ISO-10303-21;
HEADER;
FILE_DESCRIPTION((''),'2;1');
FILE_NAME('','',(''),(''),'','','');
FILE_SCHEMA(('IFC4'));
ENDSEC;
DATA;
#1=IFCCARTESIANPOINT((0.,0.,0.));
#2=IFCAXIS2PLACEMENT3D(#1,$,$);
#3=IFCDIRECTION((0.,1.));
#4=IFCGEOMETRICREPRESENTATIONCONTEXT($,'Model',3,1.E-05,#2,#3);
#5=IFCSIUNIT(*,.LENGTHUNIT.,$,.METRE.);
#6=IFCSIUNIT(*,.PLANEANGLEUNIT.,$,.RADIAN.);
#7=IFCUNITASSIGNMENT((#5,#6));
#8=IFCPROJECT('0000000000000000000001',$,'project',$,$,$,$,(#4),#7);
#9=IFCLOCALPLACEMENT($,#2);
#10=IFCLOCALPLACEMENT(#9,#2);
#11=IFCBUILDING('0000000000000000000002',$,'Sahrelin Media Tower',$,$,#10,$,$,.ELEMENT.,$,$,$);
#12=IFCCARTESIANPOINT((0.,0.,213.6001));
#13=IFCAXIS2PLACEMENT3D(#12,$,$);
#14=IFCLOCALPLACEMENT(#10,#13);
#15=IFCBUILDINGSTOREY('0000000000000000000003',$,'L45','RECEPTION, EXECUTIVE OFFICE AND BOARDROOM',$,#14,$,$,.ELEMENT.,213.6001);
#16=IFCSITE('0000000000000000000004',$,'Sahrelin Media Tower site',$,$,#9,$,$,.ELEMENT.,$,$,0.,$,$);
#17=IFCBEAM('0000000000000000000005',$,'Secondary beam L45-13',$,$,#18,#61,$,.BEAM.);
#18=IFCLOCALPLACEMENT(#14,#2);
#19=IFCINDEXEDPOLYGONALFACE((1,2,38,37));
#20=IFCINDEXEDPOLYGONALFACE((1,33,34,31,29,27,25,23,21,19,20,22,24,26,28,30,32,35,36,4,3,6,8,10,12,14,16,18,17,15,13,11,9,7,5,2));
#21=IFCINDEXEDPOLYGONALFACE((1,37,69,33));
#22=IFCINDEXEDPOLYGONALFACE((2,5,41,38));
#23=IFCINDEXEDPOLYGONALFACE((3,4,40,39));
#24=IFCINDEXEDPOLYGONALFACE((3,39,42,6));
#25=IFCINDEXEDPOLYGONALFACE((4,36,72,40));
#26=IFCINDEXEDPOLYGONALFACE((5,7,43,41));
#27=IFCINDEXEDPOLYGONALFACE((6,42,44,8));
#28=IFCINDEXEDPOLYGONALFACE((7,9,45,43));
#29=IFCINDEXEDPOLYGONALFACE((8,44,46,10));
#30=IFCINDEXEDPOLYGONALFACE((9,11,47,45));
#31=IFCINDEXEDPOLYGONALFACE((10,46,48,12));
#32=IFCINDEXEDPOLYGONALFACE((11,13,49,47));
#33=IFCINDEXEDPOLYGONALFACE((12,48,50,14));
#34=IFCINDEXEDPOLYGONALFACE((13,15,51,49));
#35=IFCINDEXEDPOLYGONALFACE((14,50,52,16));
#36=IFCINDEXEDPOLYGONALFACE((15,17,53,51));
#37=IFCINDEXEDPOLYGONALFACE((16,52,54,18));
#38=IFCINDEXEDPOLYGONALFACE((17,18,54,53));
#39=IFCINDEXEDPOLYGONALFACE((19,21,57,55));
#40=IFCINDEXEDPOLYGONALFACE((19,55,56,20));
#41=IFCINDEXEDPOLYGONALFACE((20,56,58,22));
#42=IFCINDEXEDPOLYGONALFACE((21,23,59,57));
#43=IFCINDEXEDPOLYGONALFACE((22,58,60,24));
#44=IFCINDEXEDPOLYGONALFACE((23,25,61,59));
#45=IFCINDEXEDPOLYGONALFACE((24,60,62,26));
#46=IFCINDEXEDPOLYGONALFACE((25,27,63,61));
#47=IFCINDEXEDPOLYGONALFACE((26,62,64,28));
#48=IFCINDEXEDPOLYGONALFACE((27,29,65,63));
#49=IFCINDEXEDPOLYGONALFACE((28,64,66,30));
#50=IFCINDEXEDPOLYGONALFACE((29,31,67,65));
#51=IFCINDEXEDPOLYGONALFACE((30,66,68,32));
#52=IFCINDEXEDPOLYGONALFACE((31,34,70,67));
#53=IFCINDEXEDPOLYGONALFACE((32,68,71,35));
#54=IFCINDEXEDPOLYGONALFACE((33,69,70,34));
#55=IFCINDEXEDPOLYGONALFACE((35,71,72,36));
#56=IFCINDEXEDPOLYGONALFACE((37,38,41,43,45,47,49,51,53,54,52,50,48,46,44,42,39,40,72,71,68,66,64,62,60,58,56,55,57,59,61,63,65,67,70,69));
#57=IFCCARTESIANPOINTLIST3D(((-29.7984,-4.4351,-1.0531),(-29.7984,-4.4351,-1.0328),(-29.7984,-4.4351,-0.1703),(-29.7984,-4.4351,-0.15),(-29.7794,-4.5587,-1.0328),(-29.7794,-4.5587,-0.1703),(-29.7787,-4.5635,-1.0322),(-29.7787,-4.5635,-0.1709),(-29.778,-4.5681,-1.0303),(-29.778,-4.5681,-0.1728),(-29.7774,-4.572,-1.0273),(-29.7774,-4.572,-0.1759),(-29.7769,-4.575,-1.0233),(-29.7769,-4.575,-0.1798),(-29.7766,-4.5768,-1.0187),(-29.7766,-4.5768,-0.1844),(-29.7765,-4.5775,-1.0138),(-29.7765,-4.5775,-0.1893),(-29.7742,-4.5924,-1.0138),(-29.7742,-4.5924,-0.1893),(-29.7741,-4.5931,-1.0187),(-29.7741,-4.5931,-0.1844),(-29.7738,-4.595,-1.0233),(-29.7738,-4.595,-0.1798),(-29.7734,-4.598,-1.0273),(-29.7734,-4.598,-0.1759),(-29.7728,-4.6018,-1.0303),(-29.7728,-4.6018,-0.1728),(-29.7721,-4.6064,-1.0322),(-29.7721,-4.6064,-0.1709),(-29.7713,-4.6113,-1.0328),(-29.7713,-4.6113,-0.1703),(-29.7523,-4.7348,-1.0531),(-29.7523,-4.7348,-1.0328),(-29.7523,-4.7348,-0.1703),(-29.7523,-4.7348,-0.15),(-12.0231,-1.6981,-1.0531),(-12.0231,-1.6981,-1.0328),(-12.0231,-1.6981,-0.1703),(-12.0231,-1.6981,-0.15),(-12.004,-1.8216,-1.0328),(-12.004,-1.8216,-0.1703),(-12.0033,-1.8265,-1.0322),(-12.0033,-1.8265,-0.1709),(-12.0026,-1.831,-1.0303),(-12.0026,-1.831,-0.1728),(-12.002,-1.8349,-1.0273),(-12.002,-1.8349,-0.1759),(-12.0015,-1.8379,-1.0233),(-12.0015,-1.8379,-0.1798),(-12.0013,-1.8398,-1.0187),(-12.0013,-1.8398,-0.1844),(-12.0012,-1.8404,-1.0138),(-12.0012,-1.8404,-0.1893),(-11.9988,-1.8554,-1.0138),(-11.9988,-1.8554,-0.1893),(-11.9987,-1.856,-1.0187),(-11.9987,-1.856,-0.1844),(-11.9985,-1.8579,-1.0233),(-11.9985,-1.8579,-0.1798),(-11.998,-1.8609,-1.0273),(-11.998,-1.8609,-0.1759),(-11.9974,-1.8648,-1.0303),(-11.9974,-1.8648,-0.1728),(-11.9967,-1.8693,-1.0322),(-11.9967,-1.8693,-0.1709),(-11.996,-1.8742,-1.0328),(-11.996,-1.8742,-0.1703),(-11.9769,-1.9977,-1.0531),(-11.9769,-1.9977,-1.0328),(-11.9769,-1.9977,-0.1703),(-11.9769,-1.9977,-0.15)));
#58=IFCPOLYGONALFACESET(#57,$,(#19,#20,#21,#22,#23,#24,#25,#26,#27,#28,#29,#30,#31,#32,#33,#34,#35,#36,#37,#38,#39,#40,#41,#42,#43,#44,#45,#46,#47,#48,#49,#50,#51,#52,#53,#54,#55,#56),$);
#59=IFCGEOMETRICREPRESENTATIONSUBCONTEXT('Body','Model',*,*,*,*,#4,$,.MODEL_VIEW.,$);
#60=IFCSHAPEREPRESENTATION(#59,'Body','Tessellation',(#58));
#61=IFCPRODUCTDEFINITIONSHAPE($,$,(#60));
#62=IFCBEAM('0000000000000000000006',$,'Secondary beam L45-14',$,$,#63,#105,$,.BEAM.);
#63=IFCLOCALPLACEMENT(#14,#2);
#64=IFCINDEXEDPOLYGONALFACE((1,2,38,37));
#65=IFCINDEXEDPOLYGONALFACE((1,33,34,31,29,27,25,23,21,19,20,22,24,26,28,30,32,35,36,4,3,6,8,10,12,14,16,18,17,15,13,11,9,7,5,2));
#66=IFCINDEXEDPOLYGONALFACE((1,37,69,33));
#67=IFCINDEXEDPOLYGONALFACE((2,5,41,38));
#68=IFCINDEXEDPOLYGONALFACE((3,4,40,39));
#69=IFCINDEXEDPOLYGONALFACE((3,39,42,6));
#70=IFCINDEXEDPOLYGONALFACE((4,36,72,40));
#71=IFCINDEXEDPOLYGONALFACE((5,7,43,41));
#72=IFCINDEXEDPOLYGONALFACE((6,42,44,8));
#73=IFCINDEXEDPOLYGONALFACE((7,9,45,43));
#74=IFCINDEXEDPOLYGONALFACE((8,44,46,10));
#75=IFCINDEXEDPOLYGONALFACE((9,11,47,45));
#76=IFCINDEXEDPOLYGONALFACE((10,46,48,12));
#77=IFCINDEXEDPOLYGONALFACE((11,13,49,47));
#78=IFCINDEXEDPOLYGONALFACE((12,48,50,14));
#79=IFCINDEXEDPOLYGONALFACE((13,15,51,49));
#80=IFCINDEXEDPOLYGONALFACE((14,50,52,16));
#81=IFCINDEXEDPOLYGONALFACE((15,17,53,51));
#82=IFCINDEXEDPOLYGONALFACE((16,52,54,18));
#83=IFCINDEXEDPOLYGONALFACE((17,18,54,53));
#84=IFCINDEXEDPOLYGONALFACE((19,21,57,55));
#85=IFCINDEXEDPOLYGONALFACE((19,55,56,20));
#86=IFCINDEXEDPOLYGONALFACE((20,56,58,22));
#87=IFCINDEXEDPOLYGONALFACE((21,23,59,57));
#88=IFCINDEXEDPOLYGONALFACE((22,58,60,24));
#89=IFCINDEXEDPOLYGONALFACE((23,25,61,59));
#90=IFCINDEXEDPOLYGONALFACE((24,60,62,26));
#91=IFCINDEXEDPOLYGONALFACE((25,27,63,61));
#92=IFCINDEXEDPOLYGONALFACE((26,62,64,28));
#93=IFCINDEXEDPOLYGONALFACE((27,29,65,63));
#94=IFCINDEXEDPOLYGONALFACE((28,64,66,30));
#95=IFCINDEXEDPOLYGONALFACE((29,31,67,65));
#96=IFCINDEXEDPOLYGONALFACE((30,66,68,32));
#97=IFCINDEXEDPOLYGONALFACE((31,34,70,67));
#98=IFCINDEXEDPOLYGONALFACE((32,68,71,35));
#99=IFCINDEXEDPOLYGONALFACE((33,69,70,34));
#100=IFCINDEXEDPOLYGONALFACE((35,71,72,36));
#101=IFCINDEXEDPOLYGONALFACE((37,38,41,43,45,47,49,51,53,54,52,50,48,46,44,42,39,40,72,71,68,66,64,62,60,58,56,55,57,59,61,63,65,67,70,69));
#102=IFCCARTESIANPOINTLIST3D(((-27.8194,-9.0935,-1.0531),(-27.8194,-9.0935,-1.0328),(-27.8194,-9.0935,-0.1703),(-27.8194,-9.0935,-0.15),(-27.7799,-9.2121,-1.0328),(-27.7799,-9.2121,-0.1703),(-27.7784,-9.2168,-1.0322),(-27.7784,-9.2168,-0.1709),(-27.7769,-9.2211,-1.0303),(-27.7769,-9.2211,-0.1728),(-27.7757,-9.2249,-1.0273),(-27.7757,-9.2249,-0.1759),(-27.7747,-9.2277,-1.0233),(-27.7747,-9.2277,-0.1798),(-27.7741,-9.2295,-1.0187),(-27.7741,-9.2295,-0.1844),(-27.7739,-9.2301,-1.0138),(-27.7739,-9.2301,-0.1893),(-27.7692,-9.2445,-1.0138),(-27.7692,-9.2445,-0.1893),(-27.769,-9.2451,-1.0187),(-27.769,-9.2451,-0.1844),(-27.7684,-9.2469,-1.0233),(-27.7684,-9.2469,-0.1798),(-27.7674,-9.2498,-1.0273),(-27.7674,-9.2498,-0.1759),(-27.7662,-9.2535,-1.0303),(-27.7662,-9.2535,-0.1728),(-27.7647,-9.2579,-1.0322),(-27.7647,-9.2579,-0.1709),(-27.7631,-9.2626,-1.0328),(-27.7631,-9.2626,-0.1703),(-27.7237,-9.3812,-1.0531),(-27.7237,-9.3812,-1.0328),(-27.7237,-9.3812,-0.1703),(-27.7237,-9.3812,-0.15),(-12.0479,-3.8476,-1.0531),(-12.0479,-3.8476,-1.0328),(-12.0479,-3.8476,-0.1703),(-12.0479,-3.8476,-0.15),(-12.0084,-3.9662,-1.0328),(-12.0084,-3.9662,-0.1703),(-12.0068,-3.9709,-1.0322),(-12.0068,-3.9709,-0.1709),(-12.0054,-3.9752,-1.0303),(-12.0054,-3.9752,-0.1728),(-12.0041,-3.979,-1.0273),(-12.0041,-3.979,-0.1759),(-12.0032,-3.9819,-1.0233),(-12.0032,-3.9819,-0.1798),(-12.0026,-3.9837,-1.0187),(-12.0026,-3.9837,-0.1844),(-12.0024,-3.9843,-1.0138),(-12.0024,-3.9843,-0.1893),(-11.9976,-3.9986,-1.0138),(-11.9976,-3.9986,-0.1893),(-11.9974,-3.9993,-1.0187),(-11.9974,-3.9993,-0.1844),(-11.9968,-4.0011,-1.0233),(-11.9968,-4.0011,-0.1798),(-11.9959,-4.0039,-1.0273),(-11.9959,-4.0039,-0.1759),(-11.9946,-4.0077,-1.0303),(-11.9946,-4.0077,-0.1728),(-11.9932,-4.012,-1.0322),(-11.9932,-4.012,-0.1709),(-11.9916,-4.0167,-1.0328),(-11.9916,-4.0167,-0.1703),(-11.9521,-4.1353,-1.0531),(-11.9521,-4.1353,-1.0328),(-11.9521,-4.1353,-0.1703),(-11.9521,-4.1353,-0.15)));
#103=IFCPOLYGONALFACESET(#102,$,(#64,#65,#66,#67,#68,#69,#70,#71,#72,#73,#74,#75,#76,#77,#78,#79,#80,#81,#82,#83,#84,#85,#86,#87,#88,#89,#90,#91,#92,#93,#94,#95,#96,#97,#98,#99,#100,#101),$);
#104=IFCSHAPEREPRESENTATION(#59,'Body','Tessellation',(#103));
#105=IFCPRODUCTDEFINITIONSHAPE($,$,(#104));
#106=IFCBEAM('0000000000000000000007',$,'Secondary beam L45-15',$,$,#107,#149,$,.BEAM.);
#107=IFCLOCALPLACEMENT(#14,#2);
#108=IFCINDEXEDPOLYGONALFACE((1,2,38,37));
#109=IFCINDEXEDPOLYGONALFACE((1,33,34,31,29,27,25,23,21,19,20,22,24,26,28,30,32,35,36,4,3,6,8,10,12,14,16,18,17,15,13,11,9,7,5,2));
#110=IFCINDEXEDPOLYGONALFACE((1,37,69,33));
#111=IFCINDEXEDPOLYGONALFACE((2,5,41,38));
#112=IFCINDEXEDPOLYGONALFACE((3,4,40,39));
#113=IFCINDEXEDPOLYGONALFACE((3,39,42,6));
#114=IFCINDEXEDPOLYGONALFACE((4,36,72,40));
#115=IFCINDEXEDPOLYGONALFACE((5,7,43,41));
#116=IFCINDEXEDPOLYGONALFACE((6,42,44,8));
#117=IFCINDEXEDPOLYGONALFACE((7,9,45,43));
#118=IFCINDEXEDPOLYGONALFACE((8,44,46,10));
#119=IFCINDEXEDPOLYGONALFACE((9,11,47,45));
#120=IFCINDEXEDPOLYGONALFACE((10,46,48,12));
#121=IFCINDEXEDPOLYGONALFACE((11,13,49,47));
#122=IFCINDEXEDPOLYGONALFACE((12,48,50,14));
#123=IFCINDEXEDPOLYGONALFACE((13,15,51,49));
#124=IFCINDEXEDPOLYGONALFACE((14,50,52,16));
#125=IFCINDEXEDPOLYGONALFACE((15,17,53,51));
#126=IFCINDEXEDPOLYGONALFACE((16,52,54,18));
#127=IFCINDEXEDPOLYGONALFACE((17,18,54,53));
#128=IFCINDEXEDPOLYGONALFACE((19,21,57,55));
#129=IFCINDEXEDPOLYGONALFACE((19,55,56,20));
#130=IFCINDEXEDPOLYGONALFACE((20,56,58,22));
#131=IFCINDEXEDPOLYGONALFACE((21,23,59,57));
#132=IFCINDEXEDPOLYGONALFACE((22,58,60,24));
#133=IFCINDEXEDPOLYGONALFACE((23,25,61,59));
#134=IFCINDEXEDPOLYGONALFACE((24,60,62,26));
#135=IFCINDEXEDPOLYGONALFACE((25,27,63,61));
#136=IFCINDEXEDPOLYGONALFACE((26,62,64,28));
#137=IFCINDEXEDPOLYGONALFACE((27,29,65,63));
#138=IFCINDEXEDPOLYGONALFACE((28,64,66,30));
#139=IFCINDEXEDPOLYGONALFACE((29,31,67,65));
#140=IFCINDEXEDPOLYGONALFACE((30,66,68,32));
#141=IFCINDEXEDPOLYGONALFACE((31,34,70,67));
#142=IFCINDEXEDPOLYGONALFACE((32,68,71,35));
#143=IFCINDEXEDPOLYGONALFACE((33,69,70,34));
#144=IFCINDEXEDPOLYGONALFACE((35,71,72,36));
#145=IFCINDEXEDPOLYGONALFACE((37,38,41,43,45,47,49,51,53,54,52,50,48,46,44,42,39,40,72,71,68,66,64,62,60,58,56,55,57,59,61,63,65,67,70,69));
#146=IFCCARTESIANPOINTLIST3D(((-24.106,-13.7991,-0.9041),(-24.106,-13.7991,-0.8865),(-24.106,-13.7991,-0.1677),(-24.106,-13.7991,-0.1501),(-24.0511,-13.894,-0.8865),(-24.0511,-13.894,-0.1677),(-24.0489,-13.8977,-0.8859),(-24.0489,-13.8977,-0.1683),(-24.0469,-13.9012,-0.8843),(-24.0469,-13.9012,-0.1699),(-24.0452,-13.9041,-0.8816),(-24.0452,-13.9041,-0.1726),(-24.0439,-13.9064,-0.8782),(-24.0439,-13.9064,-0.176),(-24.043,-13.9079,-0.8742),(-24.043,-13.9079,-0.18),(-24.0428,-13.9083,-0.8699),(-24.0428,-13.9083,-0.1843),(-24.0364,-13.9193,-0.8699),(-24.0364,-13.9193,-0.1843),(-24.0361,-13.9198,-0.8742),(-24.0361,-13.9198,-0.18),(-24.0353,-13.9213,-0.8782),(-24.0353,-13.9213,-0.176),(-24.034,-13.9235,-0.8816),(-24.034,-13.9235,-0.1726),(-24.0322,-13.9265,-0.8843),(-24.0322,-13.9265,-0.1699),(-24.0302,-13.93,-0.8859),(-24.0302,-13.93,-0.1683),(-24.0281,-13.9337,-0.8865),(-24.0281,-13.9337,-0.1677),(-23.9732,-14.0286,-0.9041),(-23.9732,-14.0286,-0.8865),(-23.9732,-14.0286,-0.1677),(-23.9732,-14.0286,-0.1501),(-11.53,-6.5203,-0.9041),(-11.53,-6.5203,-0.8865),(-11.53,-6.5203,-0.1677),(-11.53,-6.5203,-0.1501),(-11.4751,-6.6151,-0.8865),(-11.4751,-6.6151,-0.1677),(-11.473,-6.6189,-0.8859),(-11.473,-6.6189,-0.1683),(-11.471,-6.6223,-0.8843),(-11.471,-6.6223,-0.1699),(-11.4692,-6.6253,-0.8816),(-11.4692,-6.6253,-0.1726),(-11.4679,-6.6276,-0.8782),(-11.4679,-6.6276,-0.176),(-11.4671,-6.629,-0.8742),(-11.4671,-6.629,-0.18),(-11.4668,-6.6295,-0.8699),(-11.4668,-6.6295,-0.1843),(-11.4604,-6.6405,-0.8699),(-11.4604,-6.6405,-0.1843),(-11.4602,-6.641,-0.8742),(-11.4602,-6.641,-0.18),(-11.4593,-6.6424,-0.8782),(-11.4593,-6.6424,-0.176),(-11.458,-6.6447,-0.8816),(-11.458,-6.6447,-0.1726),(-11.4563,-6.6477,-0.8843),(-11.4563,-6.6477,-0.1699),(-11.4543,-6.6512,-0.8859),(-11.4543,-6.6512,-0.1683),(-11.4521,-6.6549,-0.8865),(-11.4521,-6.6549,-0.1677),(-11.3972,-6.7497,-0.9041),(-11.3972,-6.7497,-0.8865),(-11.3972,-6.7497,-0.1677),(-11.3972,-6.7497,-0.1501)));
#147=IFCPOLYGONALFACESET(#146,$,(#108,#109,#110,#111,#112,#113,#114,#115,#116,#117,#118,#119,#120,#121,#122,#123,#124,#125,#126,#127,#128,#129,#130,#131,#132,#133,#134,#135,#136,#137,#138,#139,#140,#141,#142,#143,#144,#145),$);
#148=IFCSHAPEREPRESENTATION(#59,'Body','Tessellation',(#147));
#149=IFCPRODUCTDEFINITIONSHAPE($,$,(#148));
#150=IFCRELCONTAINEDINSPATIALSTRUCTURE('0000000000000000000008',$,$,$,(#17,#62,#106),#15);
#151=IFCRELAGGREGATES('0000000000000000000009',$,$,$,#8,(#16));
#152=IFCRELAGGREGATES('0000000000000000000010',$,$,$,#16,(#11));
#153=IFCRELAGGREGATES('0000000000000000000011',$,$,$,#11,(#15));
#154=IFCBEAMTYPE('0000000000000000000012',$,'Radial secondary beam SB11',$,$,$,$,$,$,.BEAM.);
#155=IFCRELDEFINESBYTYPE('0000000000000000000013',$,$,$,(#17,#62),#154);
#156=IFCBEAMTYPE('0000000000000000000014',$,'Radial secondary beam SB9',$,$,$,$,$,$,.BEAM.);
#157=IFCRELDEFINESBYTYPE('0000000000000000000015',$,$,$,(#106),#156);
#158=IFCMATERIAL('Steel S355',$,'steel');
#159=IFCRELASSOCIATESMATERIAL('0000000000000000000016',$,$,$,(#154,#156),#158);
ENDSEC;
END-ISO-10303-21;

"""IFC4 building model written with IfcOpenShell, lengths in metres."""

from ifc_helpers import new_model, si_unit, direction, frame, origin, origin_2d, place, context, subcontext, project, spatial, i_section, extrude, material, material_profile, profile_set, type_object, element, save


model = new_model("IFC4")

# Units and contexts
model_context = context("Model", 3, precision=1e-05, world=origin(), true_north=direction((0.0, 1.0)))
body_context = subcontext(model_context, "Body", "Model", "MODEL_VIEW")
ifc_project = project(units=[si_unit("LENGTHUNIT", "METRE"), si_unit("PLANEANGLEUNIT", "RADIAN")], contexts=[model_context])

# Site, building, storey
site_placement = place(None, origin())
site = spatial("IfcSite", under=ifc_project, at=site_placement, Name="Sahrelin Media Tower site", CompositionType="ELEMENT", RefElevation=0.0)
building_placement = place(site_placement, origin())
building = spatial("IfcBuilding", under=site, at=building_placement, Name="Sahrelin Media Tower", CompositionType="ELEMENT")
storey_placement = place(building_placement, frame((0.0, 0.0, 213.6001)))
storey = spatial("IfcBuildingStorey", under=building, at=storey_placement, Name="L45", Description="RECEPTION, EXECUTIVE OFFICE AND BOARDROOM", CompositionType="ELEMENT", Elevation=213.6001)

# Beams
ifc_material_1 = material(Name="Steel S355", Category="steel")
ifc_material_profile_1 = material_profile(ifc_material_1, i_section(OverallWidth=0.3032, OverallDepth=0.9031, WebThickness=0.0151, FlangeThickness=0.0203, FilletRadius=0.019, at=origin_2d()), Name="UB 914x305x201")
ifc_profile_set_1 = profile_set([ifc_material_profile_1], Name="Steel S355")
beam_type_1 = type_object("IfcBeamType", Name="Radial secondary beam SB11", PredefinedType="BEAM", material=ifc_profile_set_1)
beam_1_placement = place(storey_placement, frame((-12.0, -1.8479, -0.6016), z_axis=(-0.988352, -0.152187, 0.0), x_axis=(0.152187, -0.988352, 0.0)))
element("IfcBeam", 1, at=beam_1_placement, inside=storey, type_object=beam_type_1, Name="Secondary beam L45-13", PredefinedType="BEAM", context=body_context, shape_type="SweptSolid", body=[
    extrude(i_section(OverallWidth=0.3032, OverallDepth=0.9031, WebThickness=0.0151, FlangeThickness=0.0203, FilletRadius=0.019, at=origin_2d()), origin(), (0.0, 0.0, 1.0), 17.9849),
])
beam_2_placement = place(storey_placement, frame((-12.0, -3.9915, -0.6016), z_axis=(-0.948887, -0.315615, 0.0), x_axis=(0.315615, -0.948887, 0.0)))
element("IfcBeam", 2, at=beam_2_placement, inside=storey, type_object=beam_type_1, Name="Secondary beam L45-14", PredefinedType="BEAM", context=body_context, shape_type="SweptSolid", body=[
    extrude(i_section(OverallWidth=0.3032, OverallDepth=0.9031, WebThickness=0.0151, FlangeThickness=0.0203, FilletRadius=0.019, at=origin_2d()), origin(), (0.0, 0.0, 1.0), 16.6211),
])
ifc_material_profile_2 = material_profile(ifc_material_1, i_section(OverallWidth=0.2651, OverallDepth=0.7539, WebThickness=0.0127, FlangeThickness=0.0176, FilletRadius=0.0166, at=origin_2d()), Name="UB 762x267x147")
ifc_profile_set_2 = profile_set([ifc_material_profile_2], Name="Steel S355")
beam_type_2 = type_object("IfcBeamType", Name="Radial secondary beam SB9", PredefinedType="BEAM", material=ifc_profile_set_2)
beam_3_placement = place(storey_placement, frame((-11.4636, -6.635, -0.5271), z_axis=(-0.865486, -0.500934, 0.0), x_axis=(0.500934, -0.865486, 0.0)))
element("IfcBeam", 3, at=beam_3_placement, inside=storey, type_object=beam_type_2, Name="Secondary beam L45-15", PredefinedType="BEAM", context=body_context, shape_type="SweptSolid", body=[
    extrude(i_section(OverallWidth=0.2651, OverallDepth=0.7539, WebThickness=0.0127, FlangeThickness=0.0176, FilletRadius=0.0166, at=origin_2d()), origin(), (0.0, 0.0, 1.0), 14.5305),
])

save(model, "model.ifc")
